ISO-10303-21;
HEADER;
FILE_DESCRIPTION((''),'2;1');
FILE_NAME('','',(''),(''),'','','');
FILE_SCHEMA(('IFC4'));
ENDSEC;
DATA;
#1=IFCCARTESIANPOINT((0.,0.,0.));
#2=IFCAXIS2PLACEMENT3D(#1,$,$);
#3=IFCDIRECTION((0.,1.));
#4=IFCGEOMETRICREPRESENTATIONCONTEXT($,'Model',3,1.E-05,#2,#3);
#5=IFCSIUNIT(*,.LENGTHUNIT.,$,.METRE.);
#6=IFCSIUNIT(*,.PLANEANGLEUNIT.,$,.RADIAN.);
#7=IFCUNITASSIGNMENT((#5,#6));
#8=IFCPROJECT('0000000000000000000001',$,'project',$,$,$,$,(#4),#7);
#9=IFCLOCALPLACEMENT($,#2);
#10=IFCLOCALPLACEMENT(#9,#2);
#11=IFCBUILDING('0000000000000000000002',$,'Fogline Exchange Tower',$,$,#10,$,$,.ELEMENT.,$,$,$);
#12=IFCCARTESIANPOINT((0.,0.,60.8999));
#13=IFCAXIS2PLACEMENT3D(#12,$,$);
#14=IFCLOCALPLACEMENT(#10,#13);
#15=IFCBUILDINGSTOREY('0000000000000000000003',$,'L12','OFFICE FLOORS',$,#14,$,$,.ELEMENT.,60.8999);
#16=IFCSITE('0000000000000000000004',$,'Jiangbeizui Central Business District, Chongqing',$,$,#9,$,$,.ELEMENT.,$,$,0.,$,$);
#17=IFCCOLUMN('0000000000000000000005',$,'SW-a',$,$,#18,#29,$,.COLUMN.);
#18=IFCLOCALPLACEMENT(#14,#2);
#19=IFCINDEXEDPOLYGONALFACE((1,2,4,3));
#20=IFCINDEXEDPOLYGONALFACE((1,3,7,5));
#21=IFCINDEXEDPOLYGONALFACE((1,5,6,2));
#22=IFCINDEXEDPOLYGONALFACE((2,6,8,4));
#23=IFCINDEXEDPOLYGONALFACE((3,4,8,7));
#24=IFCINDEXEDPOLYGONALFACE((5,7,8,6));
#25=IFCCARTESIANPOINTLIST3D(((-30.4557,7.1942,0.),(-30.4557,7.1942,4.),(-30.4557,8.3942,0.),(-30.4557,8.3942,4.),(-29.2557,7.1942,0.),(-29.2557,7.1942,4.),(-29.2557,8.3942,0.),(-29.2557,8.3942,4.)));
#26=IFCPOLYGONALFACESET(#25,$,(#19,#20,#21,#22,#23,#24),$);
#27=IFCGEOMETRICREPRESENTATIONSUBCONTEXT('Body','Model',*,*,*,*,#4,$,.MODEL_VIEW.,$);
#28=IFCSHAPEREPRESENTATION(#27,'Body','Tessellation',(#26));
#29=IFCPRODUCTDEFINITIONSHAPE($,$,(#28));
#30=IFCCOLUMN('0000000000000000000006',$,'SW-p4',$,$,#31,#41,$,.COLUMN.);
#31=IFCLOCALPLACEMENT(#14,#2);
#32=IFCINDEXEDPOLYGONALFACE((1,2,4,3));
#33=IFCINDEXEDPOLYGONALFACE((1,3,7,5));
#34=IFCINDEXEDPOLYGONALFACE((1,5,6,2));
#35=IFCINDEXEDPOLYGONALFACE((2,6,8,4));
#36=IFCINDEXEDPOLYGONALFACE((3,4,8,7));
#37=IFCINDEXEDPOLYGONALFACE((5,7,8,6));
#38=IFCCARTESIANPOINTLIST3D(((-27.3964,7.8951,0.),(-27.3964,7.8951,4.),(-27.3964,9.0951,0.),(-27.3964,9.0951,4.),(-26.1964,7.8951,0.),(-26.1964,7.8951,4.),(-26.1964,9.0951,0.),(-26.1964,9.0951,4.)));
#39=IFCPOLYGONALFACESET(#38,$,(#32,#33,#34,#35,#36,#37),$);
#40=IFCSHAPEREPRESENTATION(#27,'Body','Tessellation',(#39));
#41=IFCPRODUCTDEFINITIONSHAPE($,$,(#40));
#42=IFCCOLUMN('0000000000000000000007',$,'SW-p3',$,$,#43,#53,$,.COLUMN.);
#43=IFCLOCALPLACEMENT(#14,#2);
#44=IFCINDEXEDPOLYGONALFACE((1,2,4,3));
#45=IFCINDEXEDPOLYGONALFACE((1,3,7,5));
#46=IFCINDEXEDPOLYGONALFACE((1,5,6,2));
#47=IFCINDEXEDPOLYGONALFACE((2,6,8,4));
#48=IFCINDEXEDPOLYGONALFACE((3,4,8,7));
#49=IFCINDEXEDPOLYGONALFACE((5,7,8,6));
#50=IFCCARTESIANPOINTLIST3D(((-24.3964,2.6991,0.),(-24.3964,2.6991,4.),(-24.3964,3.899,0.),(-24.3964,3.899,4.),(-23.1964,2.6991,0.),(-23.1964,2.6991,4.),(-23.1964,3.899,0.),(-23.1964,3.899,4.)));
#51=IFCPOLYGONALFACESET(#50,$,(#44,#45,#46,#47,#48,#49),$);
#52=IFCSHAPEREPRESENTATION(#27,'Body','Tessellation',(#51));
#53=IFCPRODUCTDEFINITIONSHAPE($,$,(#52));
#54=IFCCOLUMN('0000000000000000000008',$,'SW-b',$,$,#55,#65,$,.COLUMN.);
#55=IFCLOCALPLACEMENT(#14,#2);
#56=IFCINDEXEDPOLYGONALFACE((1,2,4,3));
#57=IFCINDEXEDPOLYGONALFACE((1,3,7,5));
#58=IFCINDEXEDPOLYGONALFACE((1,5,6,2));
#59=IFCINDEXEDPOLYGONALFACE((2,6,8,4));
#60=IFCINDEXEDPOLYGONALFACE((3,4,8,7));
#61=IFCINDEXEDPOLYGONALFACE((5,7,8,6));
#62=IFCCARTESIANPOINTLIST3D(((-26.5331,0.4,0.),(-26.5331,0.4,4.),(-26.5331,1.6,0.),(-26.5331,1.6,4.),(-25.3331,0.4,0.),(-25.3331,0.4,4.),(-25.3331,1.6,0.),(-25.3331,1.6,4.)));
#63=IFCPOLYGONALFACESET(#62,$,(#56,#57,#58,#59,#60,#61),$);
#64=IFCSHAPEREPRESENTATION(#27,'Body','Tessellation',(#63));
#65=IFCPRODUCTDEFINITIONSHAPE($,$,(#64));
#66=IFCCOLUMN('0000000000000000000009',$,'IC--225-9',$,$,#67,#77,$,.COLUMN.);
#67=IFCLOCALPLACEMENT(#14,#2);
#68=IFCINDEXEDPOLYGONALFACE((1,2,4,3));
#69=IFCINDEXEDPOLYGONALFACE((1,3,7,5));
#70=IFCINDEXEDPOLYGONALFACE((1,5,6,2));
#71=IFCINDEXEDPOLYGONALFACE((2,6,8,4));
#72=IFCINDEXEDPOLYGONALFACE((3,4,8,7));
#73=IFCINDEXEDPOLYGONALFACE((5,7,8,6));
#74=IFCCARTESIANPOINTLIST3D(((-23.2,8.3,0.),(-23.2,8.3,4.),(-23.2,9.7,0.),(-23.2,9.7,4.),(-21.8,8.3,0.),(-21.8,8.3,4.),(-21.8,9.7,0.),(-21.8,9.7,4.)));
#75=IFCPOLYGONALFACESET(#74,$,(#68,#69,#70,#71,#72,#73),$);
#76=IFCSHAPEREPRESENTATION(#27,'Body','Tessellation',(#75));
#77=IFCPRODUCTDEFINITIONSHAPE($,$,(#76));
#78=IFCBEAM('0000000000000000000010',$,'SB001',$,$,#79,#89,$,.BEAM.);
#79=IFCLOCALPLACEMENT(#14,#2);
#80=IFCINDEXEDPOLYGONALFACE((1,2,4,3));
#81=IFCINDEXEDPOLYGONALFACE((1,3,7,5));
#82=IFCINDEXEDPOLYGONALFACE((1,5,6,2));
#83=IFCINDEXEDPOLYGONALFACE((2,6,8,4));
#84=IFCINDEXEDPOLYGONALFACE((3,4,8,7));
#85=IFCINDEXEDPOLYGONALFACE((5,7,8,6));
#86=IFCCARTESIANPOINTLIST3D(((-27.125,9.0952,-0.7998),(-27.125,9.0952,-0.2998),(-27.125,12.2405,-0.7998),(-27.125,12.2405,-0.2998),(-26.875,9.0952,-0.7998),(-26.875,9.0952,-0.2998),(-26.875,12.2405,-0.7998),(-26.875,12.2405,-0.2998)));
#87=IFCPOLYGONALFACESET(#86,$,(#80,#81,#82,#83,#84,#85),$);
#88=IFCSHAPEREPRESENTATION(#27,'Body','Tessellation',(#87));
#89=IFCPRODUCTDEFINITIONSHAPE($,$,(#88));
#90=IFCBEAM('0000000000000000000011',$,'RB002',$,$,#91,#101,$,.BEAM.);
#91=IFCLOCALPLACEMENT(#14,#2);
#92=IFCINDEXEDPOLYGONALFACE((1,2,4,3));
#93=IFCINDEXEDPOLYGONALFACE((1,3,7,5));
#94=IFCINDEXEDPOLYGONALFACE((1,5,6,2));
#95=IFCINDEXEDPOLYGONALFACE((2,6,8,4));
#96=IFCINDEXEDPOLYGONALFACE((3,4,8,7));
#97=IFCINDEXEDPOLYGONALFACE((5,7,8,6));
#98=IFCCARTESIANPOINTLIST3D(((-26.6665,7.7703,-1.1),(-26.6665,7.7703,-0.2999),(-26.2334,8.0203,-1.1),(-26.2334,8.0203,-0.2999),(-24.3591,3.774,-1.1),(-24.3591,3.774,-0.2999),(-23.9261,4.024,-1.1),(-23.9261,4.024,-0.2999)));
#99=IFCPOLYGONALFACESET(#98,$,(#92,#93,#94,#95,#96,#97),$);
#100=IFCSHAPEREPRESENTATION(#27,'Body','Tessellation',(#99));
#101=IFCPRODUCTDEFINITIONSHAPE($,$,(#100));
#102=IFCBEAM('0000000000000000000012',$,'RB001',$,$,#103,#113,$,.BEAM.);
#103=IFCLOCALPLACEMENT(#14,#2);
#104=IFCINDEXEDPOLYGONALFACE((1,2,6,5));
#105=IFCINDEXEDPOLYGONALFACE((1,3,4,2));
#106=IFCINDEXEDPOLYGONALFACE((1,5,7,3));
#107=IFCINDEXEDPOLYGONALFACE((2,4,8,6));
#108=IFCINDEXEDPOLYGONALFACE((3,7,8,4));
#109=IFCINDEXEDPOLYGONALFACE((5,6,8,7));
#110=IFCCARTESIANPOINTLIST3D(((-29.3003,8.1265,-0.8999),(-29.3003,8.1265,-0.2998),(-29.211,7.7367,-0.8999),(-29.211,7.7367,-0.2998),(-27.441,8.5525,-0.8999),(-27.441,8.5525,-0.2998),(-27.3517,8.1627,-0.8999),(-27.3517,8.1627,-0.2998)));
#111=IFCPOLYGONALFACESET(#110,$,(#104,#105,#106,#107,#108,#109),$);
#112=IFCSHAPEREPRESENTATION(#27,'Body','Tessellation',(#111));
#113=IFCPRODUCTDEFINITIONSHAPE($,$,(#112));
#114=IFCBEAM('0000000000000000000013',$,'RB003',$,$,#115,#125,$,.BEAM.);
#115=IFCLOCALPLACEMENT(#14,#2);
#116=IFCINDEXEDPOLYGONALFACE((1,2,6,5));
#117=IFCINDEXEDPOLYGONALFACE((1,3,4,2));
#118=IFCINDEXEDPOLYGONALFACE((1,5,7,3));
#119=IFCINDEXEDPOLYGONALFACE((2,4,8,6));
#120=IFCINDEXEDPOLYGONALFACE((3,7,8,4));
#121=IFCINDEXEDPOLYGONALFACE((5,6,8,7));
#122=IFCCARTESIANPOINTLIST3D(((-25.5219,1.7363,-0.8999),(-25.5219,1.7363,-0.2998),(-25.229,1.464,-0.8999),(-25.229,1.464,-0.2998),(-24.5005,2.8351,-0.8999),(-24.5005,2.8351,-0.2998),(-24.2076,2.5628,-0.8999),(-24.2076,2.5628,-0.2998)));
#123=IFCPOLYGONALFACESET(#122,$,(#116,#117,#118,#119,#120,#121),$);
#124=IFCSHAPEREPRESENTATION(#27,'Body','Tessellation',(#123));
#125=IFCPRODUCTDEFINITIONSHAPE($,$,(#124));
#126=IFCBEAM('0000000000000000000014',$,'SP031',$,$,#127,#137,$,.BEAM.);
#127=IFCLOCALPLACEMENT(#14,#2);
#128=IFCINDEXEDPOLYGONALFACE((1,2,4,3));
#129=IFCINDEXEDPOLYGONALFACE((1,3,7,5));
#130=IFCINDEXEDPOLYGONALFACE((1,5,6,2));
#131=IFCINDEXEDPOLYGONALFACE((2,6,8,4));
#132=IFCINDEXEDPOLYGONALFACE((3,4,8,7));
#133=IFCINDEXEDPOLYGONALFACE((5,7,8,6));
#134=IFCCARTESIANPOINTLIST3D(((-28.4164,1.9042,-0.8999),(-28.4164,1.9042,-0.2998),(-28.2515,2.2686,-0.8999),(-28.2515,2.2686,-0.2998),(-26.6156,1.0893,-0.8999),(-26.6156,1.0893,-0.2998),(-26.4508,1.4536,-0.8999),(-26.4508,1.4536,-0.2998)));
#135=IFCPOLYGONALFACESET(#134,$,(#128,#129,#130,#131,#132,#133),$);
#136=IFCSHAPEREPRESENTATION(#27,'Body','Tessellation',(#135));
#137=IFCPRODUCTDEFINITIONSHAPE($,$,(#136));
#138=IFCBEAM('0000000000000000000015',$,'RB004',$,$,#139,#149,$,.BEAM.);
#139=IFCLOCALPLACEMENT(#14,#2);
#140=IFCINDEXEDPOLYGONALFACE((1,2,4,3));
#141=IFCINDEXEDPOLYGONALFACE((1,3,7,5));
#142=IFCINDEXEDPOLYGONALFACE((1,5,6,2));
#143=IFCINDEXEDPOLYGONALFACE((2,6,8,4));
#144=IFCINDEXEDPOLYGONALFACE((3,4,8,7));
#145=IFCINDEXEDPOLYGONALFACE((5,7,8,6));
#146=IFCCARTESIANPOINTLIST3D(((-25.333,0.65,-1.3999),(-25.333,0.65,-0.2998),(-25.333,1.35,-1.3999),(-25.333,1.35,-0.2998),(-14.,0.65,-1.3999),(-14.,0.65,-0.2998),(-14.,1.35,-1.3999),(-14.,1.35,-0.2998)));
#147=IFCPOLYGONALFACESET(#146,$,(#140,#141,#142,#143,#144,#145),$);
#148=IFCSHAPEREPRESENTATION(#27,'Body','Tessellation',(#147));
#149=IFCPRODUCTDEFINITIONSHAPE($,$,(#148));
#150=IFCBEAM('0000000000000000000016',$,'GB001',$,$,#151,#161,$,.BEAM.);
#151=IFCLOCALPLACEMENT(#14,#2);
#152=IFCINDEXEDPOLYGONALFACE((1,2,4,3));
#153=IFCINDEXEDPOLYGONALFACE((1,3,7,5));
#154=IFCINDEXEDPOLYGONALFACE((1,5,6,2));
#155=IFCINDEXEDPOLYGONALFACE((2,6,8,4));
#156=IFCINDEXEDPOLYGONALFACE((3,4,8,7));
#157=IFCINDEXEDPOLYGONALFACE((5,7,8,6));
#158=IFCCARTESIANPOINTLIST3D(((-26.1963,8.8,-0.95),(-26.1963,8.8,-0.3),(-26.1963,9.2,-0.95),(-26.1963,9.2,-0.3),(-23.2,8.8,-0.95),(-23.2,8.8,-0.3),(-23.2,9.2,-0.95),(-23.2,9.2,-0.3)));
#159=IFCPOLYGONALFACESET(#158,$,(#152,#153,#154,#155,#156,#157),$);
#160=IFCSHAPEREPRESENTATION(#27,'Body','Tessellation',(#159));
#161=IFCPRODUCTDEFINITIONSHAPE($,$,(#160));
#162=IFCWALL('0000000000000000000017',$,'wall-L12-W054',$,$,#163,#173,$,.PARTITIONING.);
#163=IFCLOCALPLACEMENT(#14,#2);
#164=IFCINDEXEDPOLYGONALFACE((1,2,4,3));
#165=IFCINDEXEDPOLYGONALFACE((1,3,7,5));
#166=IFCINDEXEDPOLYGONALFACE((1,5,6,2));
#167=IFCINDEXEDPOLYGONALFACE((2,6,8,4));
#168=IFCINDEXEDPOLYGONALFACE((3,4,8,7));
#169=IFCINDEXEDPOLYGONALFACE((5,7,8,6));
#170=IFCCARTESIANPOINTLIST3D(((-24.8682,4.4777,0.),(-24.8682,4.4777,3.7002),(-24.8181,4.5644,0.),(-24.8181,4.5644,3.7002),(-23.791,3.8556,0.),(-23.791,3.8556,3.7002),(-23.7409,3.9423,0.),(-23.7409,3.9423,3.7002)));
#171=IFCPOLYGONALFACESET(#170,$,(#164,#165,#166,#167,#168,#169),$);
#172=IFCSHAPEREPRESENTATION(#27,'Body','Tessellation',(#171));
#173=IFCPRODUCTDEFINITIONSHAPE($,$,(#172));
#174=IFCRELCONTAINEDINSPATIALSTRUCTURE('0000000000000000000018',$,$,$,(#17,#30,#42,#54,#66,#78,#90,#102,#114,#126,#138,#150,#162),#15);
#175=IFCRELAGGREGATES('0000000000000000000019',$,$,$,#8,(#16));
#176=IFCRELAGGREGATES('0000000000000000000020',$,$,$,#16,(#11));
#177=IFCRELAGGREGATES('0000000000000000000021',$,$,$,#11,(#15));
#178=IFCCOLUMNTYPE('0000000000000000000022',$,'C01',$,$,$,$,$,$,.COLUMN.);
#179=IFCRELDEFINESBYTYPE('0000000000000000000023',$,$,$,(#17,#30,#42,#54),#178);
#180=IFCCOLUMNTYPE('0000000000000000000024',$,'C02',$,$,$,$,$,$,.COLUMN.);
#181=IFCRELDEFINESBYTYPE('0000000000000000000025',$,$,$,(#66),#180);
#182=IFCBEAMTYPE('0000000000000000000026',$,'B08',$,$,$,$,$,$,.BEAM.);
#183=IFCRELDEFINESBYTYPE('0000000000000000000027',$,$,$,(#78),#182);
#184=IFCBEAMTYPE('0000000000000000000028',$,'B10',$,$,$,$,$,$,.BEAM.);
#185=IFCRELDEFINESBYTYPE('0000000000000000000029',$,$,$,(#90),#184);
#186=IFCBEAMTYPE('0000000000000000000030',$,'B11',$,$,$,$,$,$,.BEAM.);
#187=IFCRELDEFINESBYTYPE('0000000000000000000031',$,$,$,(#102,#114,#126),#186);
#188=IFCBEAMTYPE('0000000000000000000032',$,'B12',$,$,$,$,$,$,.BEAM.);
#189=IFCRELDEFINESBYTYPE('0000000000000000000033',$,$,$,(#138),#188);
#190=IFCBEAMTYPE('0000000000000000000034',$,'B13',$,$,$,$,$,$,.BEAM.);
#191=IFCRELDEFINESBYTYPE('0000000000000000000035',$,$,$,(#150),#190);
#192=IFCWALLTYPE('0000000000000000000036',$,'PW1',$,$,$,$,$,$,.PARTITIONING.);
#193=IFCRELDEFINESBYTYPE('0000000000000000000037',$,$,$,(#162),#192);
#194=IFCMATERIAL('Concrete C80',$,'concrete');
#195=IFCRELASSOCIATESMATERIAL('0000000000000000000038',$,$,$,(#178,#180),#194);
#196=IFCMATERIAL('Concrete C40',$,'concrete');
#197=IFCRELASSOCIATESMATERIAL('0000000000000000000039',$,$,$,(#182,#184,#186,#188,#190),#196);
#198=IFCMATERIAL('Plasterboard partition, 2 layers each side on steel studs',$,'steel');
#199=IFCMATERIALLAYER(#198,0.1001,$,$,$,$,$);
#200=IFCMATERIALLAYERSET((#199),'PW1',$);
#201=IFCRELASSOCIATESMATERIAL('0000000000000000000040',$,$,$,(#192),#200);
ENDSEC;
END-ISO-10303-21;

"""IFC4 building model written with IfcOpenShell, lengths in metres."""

from ifc_helpers import new_model, si_unit, direction, frame, frame_2d, origin, origin_2d, place, context, subcontext, project, spatial, rectangle, extrude, material, layer, layer_set, material_profile, profile_set, type_object, element, save


model = new_model("IFC4")

# Units and contexts
model_context = context("Model", 3, precision=1e-05, world=origin(), true_north=direction((0.0, 1.0)))
body_context = subcontext(model_context, "Body", "Model", "MODEL_VIEW")
ifc_project = project(units=[si_unit("LENGTHUNIT", "METRE"), si_unit("PLANEANGLEUNIT", "RADIAN")], contexts=[model_context])

# Site, building, storey
site_placement = place(None, origin())
site = spatial("IfcSite", under=ifc_project, at=site_placement, Name="Jiangbeizui Central Business District, Chongqing", CompositionType="ELEMENT", RefElevation=0.0)
building_placement = place(site_placement, origin())
building = spatial("IfcBuilding", under=site, at=building_placement, Name="Fogline Exchange Tower", CompositionType="ELEMENT")
storey_placement = place(building_placement, frame((0.0, 0.0, 60.8999)))
storey = spatial("IfcBuildingStorey", under=building, at=storey_placement, Name="L12", Description="OFFICE FLOORS", CompositionType="ELEMENT", Elevation=60.8999)

# Columns
ifc_material_1 = material(Name="Concrete C80", Category="concrete")
ifc_material_profile_1 = material_profile(ifc_material_1, rectangle(XDim=1.2, YDim=1.2, at=origin_2d()), Name="RC 1200x1200")
ifc_profile_set_1 = profile_set([ifc_material_profile_1], Name="Concrete C80")
column_type_1 = type_object("IfcColumnType", Name="C01", PredefinedType="COLUMN", material=ifc_profile_set_1)
for number, where, z_axis, x_axis, name in (
    (1, (-29.8557, 7.7942, 0.0), (0.0, 0.0, 1.0), (1.0, 0.0, 0.0), "SW-a"),
    (2, (-26.7964, 8.4951, 0.0), (0.0, 0.0, 1.0), (1.0, 0.0, 0.0), "SW-p4"),
    (3, (-23.7964, 3.2991, 0.0), (0.0, 0.0, 1.0), (1.0, 0.0, 0.0), "SW-p3"),
    (4, (-25.9331, 1.0, 0.0), (0.0, 0.0, 1.0), (1.0, 0.0, 0.0), "SW-b"),
):
    element("IfcColumn", number, at=place(storey_placement, frame(where, z_axis=z_axis, x_axis=x_axis)), inside=storey, type_object=column_type_1, Name=name, PredefinedType="COLUMN", context=body_context, shape_type="SweptSolid", body=[
        extrude(rectangle(XDim=1.2, YDim=1.2, at=origin_2d()), origin(), (0.0, 0.0, 1.0), 4.0),
    ])
ifc_material_profile_2 = material_profile(ifc_material_1, rectangle(XDim=1.3999, YDim=1.3999, at=origin_2d()), Name="RC 1400x1400")
ifc_profile_set_2 = profile_set([ifc_material_profile_2], Name="Concrete C80")
column_type_2 = type_object("IfcColumnType", Name="C02", PredefinedType="COLUMN", material=ifc_profile_set_2)
column_placement = place(storey_placement, frame((-22.5, 9.0, 0.0), z_axis=(0.0, 0.0, 1.0), x_axis=(1.0, 0.0, 0.0)))
element("IfcColumn", 5, at=column_placement, inside=storey, type_object=column_type_2, Name="IC--225-9", PredefinedType="COLUMN", context=body_context, shape_type="SweptSolid", body=[
    extrude(rectangle(XDim=1.3999, YDim=1.3999, at=origin_2d()), origin(), (0.0, 0.0, 1.0), 4.0),
])

# Beams
ifc_material_2 = material(Name="Concrete C40", Category="concrete")
ifc_material_profile_3 = material_profile(ifc_material_2, rectangle(XDim=0.25, YDim=0.5, at=origin_2d()), Name="RC 250x500")
ifc_profile_set_3 = profile_set([ifc_material_profile_3], Name="Concrete C40")
beam_type_1 = type_object("IfcBeamType", Name="B08", PredefinedType="BEAM", material=ifc_profile_set_3)
beam_1_placement = place(storey_placement, frame((-27.0, 9.0952, -0.5498), z_axis=(0.0, 1.0, 0.0), x_axis=(-1.0, 0.0, 0.0)))
element("IfcBeam", 6, at=beam_1_placement, inside=storey, type_object=beam_type_1, Name="SB001", PredefinedType="BEAM", context=body_context, shape_type="SweptSolid", body=[
    extrude(rectangle(XDim=0.25, YDim=0.5, at=origin_2d()), origin(), (0.0, 0.0, 1.0), 3.1453),
])
ifc_material_profile_4 = material_profile(ifc_material_2, rectangle(XDim=0.5, YDim=0.8, at=origin_2d()), Name="RC 500x800")
ifc_profile_set_4 = profile_set([ifc_material_profile_4], Name="Concrete C40")
beam_type_2 = type_object("IfcBeamType", Name="B10", PredefinedType="BEAM", material=ifc_profile_set_4)
beam_2_placement = place(storey_placement, frame((-26.45, 7.8953, -0.7), z_axis=(0.500014, -0.866017, 0.0), x_axis=(0.866017, 0.500014, 0.0)))
element("IfcBeam", 7, at=beam_2_placement, inside=storey, type_object=beam_type_2, Name="RB002", PredefinedType="BEAM", context=body_context, shape_type="SweptSolid", body=[
    extrude(rectangle(XDim=0.5, YDim=0.8, at=origin_2d()), origin(), (0.0, 0.0, 1.0), 4.6145),
])
ifc_material_profile_5 = material_profile(ifc_material_2, rectangle(XDim=0.3999, YDim=0.6001, at=origin_2d()), Name="RC 400x600")
ifc_profile_set_5 = profile_set([ifc_material_profile_5], Name="Concrete C40")
beam_type_3 = type_object("IfcBeamType", Name="B11", PredefinedType="BEAM", material=ifc_profile_set_5)
beam_3_placement = place(storey_placement, frame((-29.2556, 7.9316, -0.5999), z_axis=(0.974742, 0.223336, 0.0), x_axis=(-0.223336, 0.974742, 0.0)))
element("IfcBeam", 8, at=beam_3_placement, inside=storey, type_object=beam_type_3, Name="RB001", PredefinedType="BEAM", context=body_context, shape_type="SweptSolid", body=[
    extrude(rectangle(XDim=0.3999, YDim=0.6001, at=origin_2d()), origin(), (0.0, 0.0, 1.0), 1.9075),
])
beam_4_placement = place(storey_placement, frame((-24.354, 2.699, -0.5999), z_axis=(-0.680844, -0.732428, 0.0), x_axis=(0.732428, -0.680844, 0.0)))
element("IfcBeam", 9, at=beam_4_placement, inside=storey, type_object=beam_type_3, Name="RB003", PredefinedType="BEAM", context=body_context, shape_type="SweptSolid", body=[
    extrude(rectangle(XDim=0.3999, YDim=0.6001, at=origin_2d()), origin(), (0.0, 0.0, 1.0), 1.5002),
])
beam_5_placement = place(storey_placement, frame((-26.5332, 1.2715, -0.5999), z_axis=(-0.91105, 0.412295, 0.0), x_axis=(-0.412295, -0.91105, 0.0)))
element("IfcBeam", 10, at=beam_5_placement, inside=storey, type_object=beam_type_3, Name="SP031", PredefinedType="BEAM", context=body_context, shape_type="SweptSolid", body=[
    extrude(rectangle(XDim=0.3999, YDim=0.6001, at=origin_2d()), origin(), (0.0, 0.0, 1.0), 1.9766),
])
ifc_material_profile_6 = material_profile(ifc_material_2, rectangle(XDim=0.7, YDim=1.1001, at=origin_2d()), Name="RC 700x1100")
ifc_profile_set_6 = profile_set([ifc_material_profile_6], Name="Concrete C40")
beam_type_4 = type_object("IfcBeamType", Name="B12", PredefinedType="BEAM", material=ifc_profile_set_6)
beam_6_placement = place(storey_placement, frame((-25.333, 1.0, -0.8499), z_axis=(1.0, 0.0, 0.0), x_axis=(0.0, 1.0, 0.0)))
element("IfcBeam", 11, at=beam_6_placement, inside=storey, type_object=beam_type_4, Name="RB004", PredefinedType="BEAM", context=body_context, shape_type="SweptSolid", body=[
    extrude(rectangle(XDim=0.7, YDim=1.1001, at=origin_2d()), origin(), (0.0, 0.0, 1.0), 11.333),
])
ifc_material_profile_7 = material_profile(ifc_material_2, rectangle(XDim=0.3999, YDim=0.6499, at=origin_2d()), Name="RC 400x650")
ifc_profile_set_7 = profile_set([ifc_material_profile_7], Name="Concrete C40")
beam_type_5 = type_object("IfcBeamType", Name="B13", PredefinedType="BEAM", material=ifc_profile_set_7)
beam_7_placement = place(storey_placement, frame((-26.1963, 9.0, -0.625), z_axis=(1.0, 0.0, 0.0), x_axis=(0.0, 1.0, 0.0)))
element("IfcBeam", 12, at=beam_7_placement, inside=storey, type_object=beam_type_5, Name="GB001", PredefinedType="BEAM", context=body_context, shape_type="SweptSolid", body=[
    extrude(rectangle(XDim=0.3999, YDim=0.6499, at=origin_2d()), origin(), (0.0, 0.0, 1.0), 2.9963),
])

# Wall
ifc_material_3 = material(Name="Plasterboard partition, 2 layers each side on steel studs", Category="steel")
ifc_layer_1 = layer(ifc_material_3, 0.1001)
ifc_layer_set_1 = layer_set([ifc_layer_1], Name="PW1")
wall_type_1 = type_object("IfcWallType", Name="PW1", PredefinedType="PARTITIONING", material=ifc_layer_set_1)
wall_1_placement = place(storey_placement, frame((-23.7659, 3.8989, 0.0), z_axis=(0.0, 0.0, 1.0), x_axis=(-0.865963, 0.500108, 0.0)))
element("IfcWall", 13, at=wall_1_placement, inside=storey, type_object=wall_type_1, Name="wall-L12-W054", PredefinedType="PARTITIONING", context=body_context, shape_type="SweptSolid", body=[
    extrude(rectangle(XDim=1.2439, YDim=0.1001, at=frame_2d((0.6221, 0.0))), origin(), (0.0, 0.0, 1.0), 3.7002),
])

save(model, "model.ifc")
